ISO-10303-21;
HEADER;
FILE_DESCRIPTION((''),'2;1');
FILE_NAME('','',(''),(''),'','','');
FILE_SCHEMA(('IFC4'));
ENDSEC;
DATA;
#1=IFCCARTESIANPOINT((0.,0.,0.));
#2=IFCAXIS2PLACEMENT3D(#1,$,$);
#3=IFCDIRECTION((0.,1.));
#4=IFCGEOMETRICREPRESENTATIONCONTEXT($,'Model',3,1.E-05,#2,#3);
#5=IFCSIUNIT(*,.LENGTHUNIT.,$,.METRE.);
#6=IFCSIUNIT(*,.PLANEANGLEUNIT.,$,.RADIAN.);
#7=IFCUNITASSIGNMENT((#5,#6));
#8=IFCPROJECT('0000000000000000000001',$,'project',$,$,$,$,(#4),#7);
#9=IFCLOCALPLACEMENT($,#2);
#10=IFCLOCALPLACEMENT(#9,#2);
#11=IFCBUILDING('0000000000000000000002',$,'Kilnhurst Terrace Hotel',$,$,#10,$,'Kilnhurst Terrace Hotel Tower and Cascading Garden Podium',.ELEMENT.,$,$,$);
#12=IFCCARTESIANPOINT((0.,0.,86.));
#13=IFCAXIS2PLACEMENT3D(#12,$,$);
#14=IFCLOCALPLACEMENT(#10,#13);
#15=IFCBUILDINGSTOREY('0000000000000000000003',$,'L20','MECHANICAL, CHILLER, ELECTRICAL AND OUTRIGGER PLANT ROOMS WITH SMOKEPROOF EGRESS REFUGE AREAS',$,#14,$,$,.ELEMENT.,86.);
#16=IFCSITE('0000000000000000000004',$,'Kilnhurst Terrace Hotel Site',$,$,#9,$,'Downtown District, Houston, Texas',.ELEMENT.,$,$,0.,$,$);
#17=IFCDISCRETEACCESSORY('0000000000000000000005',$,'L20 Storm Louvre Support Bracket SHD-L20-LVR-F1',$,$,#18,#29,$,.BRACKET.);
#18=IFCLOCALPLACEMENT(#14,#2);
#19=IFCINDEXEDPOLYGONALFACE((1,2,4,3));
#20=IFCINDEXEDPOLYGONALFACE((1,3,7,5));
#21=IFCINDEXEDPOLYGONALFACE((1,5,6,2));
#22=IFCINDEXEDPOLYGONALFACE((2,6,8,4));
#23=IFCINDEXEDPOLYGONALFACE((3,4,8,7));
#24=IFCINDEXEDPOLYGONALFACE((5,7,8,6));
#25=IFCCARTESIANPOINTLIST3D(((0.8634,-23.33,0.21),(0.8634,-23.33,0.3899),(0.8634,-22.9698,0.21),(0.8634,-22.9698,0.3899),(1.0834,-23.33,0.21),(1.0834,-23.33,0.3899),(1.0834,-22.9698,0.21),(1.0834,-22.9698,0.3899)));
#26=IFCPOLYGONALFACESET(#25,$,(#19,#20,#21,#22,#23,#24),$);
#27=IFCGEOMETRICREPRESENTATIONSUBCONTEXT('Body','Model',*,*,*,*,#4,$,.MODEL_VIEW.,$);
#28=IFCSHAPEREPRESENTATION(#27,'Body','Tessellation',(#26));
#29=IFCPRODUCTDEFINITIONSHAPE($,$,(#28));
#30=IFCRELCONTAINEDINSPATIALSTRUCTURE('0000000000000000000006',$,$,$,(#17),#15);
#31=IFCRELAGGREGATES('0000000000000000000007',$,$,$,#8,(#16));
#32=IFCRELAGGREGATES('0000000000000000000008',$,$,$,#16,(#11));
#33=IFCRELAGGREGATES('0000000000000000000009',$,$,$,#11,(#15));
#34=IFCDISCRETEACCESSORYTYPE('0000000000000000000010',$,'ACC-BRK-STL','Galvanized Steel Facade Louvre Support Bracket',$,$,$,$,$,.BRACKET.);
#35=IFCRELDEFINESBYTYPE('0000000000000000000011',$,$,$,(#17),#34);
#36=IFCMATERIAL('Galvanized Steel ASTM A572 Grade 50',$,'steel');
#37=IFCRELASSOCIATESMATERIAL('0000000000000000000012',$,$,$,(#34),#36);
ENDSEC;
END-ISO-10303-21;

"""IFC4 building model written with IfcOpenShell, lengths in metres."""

from ifc_helpers import new_model, si_unit, direction, frame, origin, origin_2d, place, context, subcontext, project, spatial, rectangle, extrude, material, type_object, element, save


model = new_model("IFC4")

# Units and contexts
model_context = context("Model", 3, precision=1e-05, world=origin(), true_north=direction((0.0, 1.0)))
body_context = subcontext(model_context, "Body", "Model", "MODEL_VIEW")
ifc_project = project(units=[si_unit("LENGTHUNIT", "METRE"), si_unit("PLANEANGLEUNIT", "RADIAN")], contexts=[model_context])

# Site, building, storey
site_placement = place(None, origin())
site = spatial("IfcSite", under=ifc_project, at=site_placement, Name="Kilnhurst Terrace Hotel Site", LongName="Downtown District, Houston, Texas", CompositionType="ELEMENT", RefElevation=0.0)
building_placement = place(site_placement, origin())
building = spatial("IfcBuilding", under=site, at=building_placement, Name="Kilnhurst Terrace Hotel", LongName="Kilnhurst Terrace Hotel Tower and Cascading Garden Podium", CompositionType="ELEMENT")
storey_placement = place(building_placement, frame((0.0, 0.0, 86.0)))
storey = spatial("IfcBuildingStorey", under=building, at=storey_placement, Name="L20", Description="MECHANICAL, CHILLER, ELECTRICAL AND OUTRIGGER PLANT ROOMS WITH SMOKEPROOF EGRESS REFUGE AREAS", CompositionType="ELEMENT", Elevation=86.0)

# Discrete accessory
ifc_material_1 = material(Name="Galvanized Steel ASTM A572 Grade 50", Category="steel")
discrete_accessory_type = type_object("IfcDiscreteAccessoryType", Name="ACC-BRK-STL", Description="Galvanized Steel Facade Louvre Support Bracket", PredefinedType="BRACKET", material=ifc_material_1)
discrete_accessory_placement = place(storey_placement, frame((0.9734, -23.1499, 0.21), z_axis=(0.0, 0.0, 1.0), x_axis=(1.0, 0.0, 0.0)))
element("IfcDiscreteAccessory", 1, at=discrete_accessory_placement, inside=storey, type_object=discrete_accessory_type, Name="L20 Storm Louvre Support Bracket SHD-L20-LVR-F1", PredefinedType="BRACKET", context=body_context, shape_type="SweptSolid", body=[
    extrude(rectangle(XDim=0.22, YDim=0.3601, at=origin_2d()), origin(), (0.0, 0.0, 1.0), 0.1799),
])

save(model, "model.ifc")
